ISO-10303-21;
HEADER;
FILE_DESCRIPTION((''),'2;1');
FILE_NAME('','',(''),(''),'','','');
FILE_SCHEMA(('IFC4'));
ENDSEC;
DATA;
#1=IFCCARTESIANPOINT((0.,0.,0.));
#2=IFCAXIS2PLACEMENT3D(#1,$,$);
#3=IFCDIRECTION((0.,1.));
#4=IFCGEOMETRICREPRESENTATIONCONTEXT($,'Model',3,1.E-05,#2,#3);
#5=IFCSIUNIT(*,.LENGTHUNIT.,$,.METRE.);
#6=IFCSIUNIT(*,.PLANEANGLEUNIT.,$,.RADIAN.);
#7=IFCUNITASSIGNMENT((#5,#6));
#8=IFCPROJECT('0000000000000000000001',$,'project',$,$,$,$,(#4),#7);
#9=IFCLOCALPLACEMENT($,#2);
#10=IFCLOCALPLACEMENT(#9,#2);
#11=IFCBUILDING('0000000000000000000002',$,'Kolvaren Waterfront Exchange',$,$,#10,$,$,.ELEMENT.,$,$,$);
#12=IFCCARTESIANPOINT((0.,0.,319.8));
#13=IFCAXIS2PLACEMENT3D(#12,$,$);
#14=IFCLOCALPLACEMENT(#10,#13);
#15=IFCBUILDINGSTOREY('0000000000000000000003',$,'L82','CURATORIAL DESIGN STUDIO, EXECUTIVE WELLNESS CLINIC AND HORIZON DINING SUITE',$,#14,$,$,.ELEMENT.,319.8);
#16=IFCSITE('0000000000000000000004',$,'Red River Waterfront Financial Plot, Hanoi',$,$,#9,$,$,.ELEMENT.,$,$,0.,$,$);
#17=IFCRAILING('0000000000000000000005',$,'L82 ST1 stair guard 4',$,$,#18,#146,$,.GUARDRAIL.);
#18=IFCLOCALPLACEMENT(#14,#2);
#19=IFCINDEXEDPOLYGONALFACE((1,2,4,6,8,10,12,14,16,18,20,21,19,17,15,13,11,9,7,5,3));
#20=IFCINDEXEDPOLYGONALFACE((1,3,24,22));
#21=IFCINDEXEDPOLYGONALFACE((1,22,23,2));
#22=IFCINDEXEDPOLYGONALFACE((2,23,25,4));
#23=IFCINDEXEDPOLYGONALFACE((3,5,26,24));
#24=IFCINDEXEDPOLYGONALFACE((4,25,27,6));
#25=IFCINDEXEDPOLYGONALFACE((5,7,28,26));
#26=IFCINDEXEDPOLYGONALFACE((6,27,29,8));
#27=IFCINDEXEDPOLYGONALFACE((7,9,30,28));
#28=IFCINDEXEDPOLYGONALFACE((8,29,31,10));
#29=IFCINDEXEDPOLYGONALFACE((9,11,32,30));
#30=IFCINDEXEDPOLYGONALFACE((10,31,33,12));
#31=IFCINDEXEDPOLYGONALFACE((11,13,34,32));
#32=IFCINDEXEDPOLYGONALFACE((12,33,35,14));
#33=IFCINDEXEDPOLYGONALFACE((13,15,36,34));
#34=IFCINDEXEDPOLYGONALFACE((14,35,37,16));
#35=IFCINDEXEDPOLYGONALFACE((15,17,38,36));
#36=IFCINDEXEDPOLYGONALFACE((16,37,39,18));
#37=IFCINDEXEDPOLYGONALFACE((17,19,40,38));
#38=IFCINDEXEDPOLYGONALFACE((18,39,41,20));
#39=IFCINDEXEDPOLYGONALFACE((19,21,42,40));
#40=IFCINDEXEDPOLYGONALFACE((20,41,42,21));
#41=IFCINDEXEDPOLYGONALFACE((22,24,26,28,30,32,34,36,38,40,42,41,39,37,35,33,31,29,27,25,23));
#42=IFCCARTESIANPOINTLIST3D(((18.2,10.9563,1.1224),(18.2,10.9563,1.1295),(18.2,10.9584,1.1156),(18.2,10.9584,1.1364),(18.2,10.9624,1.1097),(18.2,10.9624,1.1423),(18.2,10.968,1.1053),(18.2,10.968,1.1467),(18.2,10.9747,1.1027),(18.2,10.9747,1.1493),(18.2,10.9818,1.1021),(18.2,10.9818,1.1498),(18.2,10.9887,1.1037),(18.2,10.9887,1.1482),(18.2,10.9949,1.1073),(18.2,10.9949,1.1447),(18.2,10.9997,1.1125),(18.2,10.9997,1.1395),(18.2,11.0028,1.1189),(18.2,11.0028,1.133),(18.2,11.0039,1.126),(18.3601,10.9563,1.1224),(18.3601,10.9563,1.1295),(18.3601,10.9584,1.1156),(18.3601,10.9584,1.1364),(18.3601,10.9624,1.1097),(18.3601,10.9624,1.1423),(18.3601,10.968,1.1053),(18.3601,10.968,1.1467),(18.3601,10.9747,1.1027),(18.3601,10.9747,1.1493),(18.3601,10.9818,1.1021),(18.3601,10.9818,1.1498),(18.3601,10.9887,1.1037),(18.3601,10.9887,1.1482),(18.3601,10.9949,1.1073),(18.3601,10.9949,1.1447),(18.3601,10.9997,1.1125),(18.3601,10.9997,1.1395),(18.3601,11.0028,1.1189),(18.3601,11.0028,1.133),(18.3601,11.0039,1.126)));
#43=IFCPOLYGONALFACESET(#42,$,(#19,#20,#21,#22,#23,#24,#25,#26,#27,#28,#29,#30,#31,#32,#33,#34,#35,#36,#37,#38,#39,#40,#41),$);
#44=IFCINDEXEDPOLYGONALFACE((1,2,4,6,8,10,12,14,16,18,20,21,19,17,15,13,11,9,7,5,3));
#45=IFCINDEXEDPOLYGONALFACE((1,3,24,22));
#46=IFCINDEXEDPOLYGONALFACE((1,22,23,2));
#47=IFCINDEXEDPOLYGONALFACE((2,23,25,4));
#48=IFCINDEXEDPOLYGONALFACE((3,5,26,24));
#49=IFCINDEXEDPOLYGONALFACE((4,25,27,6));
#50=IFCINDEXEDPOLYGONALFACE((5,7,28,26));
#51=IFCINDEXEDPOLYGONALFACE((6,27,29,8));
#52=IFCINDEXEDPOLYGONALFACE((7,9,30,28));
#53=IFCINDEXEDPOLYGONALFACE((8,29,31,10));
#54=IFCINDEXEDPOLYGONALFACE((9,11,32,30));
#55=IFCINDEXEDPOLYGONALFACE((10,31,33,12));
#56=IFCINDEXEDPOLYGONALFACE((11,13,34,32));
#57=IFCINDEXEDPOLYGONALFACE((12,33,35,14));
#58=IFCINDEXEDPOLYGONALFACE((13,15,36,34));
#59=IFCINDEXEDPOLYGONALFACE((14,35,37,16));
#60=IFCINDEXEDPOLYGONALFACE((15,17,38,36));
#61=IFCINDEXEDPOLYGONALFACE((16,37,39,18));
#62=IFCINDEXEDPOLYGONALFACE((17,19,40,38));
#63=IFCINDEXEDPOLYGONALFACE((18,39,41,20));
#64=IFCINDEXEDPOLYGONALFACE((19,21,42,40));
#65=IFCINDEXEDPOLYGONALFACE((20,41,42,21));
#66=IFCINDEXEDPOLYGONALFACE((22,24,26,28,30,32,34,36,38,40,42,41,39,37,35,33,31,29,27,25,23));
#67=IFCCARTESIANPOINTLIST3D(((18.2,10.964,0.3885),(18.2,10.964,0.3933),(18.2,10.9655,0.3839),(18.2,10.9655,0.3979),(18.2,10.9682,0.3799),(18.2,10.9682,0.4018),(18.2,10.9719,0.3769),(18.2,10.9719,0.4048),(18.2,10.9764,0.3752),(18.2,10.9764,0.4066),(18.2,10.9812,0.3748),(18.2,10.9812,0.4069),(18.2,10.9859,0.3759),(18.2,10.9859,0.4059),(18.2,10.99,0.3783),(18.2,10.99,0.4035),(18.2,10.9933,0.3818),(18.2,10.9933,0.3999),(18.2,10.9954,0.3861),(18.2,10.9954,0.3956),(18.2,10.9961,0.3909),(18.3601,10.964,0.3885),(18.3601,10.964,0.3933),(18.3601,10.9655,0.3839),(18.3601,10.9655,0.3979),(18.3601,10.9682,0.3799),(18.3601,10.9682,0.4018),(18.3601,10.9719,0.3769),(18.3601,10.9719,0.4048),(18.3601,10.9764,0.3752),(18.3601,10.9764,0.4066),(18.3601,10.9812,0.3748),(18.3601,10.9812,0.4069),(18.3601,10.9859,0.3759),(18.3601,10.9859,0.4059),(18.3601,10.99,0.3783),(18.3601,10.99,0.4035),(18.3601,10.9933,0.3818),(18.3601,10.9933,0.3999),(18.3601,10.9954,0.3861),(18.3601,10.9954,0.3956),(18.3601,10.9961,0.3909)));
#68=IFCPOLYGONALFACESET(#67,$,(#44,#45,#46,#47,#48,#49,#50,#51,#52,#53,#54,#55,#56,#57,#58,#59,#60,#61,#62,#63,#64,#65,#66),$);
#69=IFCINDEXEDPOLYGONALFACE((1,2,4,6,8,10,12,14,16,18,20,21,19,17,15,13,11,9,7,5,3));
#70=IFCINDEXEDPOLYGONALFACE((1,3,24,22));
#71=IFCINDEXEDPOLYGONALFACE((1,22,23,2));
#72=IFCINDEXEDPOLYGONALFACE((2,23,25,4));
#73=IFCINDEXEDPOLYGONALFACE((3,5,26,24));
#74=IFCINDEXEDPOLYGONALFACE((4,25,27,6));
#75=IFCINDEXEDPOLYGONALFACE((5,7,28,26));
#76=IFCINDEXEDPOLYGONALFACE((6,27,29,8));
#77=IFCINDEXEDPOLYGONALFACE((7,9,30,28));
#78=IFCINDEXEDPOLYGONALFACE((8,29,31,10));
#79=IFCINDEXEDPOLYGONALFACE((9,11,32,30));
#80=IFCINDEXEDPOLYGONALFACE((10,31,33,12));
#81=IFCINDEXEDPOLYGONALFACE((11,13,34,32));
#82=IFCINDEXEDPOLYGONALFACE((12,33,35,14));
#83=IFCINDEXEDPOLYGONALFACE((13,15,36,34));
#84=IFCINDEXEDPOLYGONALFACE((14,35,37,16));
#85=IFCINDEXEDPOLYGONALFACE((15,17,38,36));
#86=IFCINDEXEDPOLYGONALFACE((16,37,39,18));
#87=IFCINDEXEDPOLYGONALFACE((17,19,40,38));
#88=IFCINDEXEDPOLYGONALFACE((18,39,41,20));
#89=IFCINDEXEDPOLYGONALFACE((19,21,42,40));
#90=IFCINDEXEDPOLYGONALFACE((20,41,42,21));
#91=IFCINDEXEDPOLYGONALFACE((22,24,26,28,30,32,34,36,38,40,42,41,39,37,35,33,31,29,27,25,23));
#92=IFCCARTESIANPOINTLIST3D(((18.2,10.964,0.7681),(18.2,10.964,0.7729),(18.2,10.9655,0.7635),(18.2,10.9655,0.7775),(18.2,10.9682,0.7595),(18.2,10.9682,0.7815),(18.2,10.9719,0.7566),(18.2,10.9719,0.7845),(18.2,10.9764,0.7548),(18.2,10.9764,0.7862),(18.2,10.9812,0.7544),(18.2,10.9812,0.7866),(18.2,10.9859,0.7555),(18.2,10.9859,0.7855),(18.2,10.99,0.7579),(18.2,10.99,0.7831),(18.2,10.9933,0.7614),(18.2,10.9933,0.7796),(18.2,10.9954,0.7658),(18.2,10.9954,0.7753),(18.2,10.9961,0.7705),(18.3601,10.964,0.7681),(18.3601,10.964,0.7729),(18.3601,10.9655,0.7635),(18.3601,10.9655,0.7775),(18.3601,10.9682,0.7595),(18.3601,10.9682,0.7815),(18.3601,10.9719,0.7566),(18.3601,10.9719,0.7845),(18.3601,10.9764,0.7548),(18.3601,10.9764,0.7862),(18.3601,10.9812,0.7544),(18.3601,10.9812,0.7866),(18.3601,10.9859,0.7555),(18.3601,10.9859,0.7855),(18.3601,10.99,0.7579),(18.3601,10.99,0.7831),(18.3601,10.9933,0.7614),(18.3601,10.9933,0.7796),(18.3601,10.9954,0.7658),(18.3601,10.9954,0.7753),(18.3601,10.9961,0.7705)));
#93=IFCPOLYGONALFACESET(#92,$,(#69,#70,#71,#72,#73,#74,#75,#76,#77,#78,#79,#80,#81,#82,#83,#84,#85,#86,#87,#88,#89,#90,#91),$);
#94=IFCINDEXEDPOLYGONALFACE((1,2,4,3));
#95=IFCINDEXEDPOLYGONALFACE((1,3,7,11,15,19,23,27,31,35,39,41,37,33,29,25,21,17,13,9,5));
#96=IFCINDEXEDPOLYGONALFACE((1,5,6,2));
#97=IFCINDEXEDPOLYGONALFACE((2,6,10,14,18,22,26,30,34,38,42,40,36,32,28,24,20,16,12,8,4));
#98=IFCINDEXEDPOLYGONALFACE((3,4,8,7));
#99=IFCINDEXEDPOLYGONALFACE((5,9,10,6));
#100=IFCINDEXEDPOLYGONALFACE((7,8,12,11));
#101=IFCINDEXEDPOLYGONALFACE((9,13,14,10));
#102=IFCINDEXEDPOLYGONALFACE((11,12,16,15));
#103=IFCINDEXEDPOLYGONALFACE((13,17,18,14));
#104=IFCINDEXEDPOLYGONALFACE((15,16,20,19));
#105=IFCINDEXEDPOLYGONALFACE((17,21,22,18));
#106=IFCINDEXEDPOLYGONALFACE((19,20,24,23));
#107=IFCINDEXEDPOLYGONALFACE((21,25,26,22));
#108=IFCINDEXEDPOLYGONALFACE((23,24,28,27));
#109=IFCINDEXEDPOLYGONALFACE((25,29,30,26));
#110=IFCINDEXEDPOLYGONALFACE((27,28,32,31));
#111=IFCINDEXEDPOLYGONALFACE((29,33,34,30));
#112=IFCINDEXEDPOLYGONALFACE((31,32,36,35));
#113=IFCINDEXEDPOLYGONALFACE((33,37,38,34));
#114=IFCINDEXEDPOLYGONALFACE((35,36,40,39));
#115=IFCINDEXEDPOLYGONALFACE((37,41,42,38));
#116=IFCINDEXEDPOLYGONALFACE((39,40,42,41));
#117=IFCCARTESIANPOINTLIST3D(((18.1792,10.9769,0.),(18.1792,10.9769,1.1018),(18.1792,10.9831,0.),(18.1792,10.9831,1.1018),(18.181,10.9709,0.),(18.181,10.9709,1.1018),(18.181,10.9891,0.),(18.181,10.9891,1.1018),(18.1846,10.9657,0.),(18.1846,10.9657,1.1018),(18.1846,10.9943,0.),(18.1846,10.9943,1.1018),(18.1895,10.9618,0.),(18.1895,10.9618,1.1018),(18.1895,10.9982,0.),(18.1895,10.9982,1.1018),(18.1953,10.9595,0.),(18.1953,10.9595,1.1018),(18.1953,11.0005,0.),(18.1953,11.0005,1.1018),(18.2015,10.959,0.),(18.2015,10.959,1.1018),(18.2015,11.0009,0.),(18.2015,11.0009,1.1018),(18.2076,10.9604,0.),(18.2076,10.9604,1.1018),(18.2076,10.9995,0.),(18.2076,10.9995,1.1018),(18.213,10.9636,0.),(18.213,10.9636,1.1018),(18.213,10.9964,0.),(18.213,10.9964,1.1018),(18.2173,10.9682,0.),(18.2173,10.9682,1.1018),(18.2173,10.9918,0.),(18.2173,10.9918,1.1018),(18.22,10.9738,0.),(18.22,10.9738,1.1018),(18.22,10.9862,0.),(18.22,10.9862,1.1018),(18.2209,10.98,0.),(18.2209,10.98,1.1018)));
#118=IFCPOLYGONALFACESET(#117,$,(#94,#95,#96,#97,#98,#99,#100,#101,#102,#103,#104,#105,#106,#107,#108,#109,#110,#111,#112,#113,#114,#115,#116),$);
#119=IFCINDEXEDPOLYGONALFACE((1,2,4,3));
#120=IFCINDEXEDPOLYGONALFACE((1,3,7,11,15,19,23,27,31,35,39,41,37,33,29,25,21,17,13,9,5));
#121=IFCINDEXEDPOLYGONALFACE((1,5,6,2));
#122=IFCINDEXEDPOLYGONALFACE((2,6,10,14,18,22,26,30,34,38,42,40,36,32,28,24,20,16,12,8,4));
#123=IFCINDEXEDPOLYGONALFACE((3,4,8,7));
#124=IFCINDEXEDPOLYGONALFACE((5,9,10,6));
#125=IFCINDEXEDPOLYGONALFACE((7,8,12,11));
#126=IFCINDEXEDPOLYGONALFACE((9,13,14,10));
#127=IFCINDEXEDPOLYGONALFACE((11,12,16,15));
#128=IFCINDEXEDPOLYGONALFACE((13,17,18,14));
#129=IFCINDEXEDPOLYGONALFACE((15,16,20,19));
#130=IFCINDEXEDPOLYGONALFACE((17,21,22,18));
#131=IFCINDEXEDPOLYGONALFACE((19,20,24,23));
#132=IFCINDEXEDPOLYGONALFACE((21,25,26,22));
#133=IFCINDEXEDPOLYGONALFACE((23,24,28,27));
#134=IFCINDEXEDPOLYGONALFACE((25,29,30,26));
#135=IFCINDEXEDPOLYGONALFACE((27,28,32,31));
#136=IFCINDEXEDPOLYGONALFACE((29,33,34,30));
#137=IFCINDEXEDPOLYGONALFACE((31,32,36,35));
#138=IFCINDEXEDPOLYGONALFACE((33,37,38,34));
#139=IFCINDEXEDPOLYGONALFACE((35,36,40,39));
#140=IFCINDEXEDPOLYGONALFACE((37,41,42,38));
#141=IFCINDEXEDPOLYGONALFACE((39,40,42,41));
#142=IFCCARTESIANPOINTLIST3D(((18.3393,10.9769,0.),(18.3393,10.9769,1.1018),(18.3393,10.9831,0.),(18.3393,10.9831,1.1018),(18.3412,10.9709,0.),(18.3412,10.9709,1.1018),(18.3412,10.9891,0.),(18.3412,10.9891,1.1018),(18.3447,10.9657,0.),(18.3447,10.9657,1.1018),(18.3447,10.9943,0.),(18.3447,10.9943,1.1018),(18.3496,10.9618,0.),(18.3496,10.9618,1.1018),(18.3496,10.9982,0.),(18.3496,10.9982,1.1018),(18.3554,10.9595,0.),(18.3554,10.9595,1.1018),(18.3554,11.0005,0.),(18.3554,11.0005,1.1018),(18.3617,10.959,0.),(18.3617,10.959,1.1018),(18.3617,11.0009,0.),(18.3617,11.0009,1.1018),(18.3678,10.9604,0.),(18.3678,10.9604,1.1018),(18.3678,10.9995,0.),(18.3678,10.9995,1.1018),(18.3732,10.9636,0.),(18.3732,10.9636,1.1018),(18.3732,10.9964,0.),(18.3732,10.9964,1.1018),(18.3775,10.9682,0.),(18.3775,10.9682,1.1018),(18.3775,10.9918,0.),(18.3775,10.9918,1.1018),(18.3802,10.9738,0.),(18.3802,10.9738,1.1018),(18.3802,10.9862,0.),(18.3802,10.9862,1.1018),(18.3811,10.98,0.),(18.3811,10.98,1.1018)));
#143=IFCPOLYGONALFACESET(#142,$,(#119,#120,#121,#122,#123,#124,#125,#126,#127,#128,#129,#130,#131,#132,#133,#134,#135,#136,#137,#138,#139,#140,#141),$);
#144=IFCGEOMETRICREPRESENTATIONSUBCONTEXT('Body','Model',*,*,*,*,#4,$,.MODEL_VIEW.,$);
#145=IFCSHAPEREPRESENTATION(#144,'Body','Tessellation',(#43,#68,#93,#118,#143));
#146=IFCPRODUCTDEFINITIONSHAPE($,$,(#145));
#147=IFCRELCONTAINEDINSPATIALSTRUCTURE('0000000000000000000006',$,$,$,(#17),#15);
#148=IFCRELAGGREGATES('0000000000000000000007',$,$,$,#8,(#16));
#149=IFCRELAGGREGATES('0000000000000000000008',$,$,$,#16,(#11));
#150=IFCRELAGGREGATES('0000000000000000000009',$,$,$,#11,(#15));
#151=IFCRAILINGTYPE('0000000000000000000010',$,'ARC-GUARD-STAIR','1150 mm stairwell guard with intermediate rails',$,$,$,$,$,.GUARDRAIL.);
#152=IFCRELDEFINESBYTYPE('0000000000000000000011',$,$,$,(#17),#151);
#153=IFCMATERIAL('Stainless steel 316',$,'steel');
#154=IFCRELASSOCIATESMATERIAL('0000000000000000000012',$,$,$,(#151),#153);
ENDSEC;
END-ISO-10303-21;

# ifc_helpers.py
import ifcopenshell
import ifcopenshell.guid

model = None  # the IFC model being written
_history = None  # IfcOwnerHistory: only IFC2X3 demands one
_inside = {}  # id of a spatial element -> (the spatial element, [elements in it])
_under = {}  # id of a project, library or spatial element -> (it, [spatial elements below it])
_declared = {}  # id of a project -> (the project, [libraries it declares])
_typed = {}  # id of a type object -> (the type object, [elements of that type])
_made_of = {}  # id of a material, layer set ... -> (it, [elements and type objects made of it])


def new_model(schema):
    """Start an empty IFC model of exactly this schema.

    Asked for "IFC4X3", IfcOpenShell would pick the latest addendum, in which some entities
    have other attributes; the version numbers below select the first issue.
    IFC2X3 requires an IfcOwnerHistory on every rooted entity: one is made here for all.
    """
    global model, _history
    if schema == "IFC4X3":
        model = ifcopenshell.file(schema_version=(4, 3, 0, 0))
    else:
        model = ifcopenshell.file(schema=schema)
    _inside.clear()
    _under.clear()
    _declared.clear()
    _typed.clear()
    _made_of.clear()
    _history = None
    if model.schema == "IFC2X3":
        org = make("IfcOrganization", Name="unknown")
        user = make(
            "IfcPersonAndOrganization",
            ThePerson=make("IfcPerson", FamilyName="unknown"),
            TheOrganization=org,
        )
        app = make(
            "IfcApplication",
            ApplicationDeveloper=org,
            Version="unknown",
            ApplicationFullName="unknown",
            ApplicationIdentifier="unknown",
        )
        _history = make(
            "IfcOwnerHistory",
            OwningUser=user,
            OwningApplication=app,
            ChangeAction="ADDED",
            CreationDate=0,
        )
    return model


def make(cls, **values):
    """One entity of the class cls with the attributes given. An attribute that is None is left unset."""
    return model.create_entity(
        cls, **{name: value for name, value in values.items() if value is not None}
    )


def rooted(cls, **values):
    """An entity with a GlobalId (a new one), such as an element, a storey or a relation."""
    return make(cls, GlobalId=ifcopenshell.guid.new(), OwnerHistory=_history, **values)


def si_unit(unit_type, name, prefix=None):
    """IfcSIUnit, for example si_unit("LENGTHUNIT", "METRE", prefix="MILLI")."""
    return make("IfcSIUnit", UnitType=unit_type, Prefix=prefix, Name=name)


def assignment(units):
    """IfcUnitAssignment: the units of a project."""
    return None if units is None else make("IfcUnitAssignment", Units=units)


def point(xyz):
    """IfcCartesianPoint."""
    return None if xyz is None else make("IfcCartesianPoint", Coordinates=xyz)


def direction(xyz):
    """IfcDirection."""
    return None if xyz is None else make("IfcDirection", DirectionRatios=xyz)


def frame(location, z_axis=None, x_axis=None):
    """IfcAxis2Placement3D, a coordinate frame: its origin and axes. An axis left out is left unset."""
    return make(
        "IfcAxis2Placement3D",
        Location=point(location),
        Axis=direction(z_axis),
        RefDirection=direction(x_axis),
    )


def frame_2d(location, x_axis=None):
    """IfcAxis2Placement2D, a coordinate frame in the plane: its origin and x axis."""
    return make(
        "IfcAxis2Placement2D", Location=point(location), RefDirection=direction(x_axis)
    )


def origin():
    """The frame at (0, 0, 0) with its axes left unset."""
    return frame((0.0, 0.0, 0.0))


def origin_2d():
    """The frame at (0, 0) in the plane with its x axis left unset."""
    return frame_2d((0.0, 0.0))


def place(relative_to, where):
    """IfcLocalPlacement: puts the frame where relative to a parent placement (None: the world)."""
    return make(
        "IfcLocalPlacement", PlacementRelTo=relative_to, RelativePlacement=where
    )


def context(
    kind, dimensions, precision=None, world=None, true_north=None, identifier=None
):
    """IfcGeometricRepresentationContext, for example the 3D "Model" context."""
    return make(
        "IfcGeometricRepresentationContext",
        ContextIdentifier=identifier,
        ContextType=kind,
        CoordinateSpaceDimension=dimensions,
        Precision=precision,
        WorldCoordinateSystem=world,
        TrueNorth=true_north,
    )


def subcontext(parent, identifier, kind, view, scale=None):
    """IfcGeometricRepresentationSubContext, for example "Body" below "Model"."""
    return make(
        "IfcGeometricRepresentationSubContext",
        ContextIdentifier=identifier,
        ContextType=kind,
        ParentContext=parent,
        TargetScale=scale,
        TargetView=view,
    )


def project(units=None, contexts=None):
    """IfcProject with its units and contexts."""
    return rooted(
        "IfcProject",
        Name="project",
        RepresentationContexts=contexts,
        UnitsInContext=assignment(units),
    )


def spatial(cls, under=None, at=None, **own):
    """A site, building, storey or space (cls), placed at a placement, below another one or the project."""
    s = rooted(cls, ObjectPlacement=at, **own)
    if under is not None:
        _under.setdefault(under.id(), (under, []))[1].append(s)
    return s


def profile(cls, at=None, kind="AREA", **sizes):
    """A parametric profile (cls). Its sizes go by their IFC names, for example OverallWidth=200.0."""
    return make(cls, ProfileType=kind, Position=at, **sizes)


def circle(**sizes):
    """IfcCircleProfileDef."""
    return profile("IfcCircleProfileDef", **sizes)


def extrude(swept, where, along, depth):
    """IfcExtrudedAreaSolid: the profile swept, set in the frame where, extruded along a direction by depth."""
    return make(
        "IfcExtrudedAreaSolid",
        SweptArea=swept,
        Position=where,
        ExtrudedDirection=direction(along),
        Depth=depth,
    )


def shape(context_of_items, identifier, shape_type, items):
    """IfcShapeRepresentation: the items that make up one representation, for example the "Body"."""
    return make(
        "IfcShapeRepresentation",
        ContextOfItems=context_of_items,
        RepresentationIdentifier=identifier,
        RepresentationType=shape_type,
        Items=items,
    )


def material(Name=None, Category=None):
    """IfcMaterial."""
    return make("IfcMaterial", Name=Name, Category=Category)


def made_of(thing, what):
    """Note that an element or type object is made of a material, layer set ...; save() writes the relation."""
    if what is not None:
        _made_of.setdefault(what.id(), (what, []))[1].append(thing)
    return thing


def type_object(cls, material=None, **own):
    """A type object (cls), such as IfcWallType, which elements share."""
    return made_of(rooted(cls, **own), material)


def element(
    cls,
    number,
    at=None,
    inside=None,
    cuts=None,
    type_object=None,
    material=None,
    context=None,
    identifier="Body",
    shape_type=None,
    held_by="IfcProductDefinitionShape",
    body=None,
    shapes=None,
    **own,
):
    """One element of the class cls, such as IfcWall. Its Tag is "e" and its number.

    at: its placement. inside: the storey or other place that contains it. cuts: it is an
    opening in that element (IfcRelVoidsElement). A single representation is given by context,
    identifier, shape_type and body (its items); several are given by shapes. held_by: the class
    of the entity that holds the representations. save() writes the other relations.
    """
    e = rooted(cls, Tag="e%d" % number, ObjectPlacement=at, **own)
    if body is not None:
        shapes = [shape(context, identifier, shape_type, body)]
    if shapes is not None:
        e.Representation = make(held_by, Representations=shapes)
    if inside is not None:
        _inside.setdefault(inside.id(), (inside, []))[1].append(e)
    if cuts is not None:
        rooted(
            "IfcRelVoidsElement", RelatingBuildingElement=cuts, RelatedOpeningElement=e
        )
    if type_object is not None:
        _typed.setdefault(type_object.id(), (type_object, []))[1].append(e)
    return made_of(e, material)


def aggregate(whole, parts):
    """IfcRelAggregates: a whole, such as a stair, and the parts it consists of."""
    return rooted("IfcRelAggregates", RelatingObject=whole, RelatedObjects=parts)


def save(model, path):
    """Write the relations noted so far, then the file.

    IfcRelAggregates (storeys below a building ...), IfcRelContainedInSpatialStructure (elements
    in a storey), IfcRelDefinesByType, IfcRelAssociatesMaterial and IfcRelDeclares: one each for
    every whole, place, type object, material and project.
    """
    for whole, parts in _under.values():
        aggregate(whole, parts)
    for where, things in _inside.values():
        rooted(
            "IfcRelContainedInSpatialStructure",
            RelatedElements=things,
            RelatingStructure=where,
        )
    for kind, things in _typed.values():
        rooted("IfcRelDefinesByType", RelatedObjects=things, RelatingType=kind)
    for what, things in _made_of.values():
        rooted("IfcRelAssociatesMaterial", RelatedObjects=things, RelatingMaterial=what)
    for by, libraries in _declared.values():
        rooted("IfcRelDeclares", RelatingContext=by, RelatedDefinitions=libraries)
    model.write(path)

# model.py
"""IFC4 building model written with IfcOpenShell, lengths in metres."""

from ifc_helpers import new_model, si_unit, direction, frame, origin, origin_2d, place, context, subcontext, project, spatial, circle, extrude, material, type_object, element, save


model = new_model("IFC4")

# Units and contexts
model_context = context("Model", 3, precision=1e-05, world=origin(), true_north=direction((0.0, 1.0)))
body_context = subcontext(model_context, "Body", "Model", "MODEL_VIEW")
ifc_project = project(units=[si_unit("LENGTHUNIT", "METRE"), si_unit("PLANEANGLEUNIT", "RADIAN")], contexts=[model_context])

# Site, building, storey
site_placement = place(None, origin())
site = spatial("IfcSite", under=ifc_project, at=site_placement, Name="Red River Waterfront Financial Plot, Hanoi", CompositionType="ELEMENT", RefElevation=0.0)
building_placement = place(site_placement, origin())
building = spatial("IfcBuilding", under=site, at=building_placement, Name="Kolvaren Waterfront Exchange", CompositionType="ELEMENT")
storey_placement = place(building_placement, frame((0.0, 0.0, 319.8)))
storey = spatial("IfcBuildingStorey", under=building, at=storey_placement, Name="L82", Description="CURATORIAL DESIGN STUDIO, EXECUTIVE WELLNESS CLINIC AND HORIZON DINING SUITE", CompositionType="ELEMENT", Elevation=319.8)

# Railing
ifc_material_1 = material(Name="Stainless steel 316", Category="steel")
railing_type_1 = type_object("IfcRailingType", Name="ARC-GUARD-STAIR", Description="1150 mm stairwell guard with intermediate rails", PredefinedType="GUARDRAIL", material=ifc_material_1)
railing_1_placement = place(storey_placement, frame((18.2, 10.98, 0.0)))
element("IfcRailing", 1, at=railing_1_placement, inside=storey, type_object=railing_type_1, Name="L82 ST1 stair guard 4", PredefinedType="GUARDRAIL", context=body_context, shape_type="SweptSolid", body=[
    extrude(circle(Radius=0.0239, at=origin_2d()), frame((0.0, 0.0, 1.126), z_axis=(1.0, 0.0, 0.0), x_axis=(0.0, 1.0, 0.0)), (0.0, 0.0, 1.0), 0.1602),
    extrude(circle(Radius=0.0161, at=origin_2d()), frame((0.0, 0.0, 0.3909), z_axis=(1.0, 0.0, 0.0), x_axis=(0.0, 1.0, 0.0)), (0.0, 0.0, 1.0), 0.1602),
    extrude(circle(Radius=0.0161, at=origin_2d()), frame((0.0, 0.0, 0.7705), z_axis=(1.0, 0.0, 0.0), x_axis=(0.0, 1.0, 0.0)), (0.0, 0.0, 1.0), 0.1602),
    extrude(circle(Radius=0.021, at=origin_2d()), origin(), (0.0, 0.0, 1.0), 1.1018),
    extrude(circle(Radius=0.021, at=origin_2d()), frame((0.1602, 0.0, 0.0)), (0.0, 0.0, 1.0), 1.1018),
])

save(model, "model.ifc")
